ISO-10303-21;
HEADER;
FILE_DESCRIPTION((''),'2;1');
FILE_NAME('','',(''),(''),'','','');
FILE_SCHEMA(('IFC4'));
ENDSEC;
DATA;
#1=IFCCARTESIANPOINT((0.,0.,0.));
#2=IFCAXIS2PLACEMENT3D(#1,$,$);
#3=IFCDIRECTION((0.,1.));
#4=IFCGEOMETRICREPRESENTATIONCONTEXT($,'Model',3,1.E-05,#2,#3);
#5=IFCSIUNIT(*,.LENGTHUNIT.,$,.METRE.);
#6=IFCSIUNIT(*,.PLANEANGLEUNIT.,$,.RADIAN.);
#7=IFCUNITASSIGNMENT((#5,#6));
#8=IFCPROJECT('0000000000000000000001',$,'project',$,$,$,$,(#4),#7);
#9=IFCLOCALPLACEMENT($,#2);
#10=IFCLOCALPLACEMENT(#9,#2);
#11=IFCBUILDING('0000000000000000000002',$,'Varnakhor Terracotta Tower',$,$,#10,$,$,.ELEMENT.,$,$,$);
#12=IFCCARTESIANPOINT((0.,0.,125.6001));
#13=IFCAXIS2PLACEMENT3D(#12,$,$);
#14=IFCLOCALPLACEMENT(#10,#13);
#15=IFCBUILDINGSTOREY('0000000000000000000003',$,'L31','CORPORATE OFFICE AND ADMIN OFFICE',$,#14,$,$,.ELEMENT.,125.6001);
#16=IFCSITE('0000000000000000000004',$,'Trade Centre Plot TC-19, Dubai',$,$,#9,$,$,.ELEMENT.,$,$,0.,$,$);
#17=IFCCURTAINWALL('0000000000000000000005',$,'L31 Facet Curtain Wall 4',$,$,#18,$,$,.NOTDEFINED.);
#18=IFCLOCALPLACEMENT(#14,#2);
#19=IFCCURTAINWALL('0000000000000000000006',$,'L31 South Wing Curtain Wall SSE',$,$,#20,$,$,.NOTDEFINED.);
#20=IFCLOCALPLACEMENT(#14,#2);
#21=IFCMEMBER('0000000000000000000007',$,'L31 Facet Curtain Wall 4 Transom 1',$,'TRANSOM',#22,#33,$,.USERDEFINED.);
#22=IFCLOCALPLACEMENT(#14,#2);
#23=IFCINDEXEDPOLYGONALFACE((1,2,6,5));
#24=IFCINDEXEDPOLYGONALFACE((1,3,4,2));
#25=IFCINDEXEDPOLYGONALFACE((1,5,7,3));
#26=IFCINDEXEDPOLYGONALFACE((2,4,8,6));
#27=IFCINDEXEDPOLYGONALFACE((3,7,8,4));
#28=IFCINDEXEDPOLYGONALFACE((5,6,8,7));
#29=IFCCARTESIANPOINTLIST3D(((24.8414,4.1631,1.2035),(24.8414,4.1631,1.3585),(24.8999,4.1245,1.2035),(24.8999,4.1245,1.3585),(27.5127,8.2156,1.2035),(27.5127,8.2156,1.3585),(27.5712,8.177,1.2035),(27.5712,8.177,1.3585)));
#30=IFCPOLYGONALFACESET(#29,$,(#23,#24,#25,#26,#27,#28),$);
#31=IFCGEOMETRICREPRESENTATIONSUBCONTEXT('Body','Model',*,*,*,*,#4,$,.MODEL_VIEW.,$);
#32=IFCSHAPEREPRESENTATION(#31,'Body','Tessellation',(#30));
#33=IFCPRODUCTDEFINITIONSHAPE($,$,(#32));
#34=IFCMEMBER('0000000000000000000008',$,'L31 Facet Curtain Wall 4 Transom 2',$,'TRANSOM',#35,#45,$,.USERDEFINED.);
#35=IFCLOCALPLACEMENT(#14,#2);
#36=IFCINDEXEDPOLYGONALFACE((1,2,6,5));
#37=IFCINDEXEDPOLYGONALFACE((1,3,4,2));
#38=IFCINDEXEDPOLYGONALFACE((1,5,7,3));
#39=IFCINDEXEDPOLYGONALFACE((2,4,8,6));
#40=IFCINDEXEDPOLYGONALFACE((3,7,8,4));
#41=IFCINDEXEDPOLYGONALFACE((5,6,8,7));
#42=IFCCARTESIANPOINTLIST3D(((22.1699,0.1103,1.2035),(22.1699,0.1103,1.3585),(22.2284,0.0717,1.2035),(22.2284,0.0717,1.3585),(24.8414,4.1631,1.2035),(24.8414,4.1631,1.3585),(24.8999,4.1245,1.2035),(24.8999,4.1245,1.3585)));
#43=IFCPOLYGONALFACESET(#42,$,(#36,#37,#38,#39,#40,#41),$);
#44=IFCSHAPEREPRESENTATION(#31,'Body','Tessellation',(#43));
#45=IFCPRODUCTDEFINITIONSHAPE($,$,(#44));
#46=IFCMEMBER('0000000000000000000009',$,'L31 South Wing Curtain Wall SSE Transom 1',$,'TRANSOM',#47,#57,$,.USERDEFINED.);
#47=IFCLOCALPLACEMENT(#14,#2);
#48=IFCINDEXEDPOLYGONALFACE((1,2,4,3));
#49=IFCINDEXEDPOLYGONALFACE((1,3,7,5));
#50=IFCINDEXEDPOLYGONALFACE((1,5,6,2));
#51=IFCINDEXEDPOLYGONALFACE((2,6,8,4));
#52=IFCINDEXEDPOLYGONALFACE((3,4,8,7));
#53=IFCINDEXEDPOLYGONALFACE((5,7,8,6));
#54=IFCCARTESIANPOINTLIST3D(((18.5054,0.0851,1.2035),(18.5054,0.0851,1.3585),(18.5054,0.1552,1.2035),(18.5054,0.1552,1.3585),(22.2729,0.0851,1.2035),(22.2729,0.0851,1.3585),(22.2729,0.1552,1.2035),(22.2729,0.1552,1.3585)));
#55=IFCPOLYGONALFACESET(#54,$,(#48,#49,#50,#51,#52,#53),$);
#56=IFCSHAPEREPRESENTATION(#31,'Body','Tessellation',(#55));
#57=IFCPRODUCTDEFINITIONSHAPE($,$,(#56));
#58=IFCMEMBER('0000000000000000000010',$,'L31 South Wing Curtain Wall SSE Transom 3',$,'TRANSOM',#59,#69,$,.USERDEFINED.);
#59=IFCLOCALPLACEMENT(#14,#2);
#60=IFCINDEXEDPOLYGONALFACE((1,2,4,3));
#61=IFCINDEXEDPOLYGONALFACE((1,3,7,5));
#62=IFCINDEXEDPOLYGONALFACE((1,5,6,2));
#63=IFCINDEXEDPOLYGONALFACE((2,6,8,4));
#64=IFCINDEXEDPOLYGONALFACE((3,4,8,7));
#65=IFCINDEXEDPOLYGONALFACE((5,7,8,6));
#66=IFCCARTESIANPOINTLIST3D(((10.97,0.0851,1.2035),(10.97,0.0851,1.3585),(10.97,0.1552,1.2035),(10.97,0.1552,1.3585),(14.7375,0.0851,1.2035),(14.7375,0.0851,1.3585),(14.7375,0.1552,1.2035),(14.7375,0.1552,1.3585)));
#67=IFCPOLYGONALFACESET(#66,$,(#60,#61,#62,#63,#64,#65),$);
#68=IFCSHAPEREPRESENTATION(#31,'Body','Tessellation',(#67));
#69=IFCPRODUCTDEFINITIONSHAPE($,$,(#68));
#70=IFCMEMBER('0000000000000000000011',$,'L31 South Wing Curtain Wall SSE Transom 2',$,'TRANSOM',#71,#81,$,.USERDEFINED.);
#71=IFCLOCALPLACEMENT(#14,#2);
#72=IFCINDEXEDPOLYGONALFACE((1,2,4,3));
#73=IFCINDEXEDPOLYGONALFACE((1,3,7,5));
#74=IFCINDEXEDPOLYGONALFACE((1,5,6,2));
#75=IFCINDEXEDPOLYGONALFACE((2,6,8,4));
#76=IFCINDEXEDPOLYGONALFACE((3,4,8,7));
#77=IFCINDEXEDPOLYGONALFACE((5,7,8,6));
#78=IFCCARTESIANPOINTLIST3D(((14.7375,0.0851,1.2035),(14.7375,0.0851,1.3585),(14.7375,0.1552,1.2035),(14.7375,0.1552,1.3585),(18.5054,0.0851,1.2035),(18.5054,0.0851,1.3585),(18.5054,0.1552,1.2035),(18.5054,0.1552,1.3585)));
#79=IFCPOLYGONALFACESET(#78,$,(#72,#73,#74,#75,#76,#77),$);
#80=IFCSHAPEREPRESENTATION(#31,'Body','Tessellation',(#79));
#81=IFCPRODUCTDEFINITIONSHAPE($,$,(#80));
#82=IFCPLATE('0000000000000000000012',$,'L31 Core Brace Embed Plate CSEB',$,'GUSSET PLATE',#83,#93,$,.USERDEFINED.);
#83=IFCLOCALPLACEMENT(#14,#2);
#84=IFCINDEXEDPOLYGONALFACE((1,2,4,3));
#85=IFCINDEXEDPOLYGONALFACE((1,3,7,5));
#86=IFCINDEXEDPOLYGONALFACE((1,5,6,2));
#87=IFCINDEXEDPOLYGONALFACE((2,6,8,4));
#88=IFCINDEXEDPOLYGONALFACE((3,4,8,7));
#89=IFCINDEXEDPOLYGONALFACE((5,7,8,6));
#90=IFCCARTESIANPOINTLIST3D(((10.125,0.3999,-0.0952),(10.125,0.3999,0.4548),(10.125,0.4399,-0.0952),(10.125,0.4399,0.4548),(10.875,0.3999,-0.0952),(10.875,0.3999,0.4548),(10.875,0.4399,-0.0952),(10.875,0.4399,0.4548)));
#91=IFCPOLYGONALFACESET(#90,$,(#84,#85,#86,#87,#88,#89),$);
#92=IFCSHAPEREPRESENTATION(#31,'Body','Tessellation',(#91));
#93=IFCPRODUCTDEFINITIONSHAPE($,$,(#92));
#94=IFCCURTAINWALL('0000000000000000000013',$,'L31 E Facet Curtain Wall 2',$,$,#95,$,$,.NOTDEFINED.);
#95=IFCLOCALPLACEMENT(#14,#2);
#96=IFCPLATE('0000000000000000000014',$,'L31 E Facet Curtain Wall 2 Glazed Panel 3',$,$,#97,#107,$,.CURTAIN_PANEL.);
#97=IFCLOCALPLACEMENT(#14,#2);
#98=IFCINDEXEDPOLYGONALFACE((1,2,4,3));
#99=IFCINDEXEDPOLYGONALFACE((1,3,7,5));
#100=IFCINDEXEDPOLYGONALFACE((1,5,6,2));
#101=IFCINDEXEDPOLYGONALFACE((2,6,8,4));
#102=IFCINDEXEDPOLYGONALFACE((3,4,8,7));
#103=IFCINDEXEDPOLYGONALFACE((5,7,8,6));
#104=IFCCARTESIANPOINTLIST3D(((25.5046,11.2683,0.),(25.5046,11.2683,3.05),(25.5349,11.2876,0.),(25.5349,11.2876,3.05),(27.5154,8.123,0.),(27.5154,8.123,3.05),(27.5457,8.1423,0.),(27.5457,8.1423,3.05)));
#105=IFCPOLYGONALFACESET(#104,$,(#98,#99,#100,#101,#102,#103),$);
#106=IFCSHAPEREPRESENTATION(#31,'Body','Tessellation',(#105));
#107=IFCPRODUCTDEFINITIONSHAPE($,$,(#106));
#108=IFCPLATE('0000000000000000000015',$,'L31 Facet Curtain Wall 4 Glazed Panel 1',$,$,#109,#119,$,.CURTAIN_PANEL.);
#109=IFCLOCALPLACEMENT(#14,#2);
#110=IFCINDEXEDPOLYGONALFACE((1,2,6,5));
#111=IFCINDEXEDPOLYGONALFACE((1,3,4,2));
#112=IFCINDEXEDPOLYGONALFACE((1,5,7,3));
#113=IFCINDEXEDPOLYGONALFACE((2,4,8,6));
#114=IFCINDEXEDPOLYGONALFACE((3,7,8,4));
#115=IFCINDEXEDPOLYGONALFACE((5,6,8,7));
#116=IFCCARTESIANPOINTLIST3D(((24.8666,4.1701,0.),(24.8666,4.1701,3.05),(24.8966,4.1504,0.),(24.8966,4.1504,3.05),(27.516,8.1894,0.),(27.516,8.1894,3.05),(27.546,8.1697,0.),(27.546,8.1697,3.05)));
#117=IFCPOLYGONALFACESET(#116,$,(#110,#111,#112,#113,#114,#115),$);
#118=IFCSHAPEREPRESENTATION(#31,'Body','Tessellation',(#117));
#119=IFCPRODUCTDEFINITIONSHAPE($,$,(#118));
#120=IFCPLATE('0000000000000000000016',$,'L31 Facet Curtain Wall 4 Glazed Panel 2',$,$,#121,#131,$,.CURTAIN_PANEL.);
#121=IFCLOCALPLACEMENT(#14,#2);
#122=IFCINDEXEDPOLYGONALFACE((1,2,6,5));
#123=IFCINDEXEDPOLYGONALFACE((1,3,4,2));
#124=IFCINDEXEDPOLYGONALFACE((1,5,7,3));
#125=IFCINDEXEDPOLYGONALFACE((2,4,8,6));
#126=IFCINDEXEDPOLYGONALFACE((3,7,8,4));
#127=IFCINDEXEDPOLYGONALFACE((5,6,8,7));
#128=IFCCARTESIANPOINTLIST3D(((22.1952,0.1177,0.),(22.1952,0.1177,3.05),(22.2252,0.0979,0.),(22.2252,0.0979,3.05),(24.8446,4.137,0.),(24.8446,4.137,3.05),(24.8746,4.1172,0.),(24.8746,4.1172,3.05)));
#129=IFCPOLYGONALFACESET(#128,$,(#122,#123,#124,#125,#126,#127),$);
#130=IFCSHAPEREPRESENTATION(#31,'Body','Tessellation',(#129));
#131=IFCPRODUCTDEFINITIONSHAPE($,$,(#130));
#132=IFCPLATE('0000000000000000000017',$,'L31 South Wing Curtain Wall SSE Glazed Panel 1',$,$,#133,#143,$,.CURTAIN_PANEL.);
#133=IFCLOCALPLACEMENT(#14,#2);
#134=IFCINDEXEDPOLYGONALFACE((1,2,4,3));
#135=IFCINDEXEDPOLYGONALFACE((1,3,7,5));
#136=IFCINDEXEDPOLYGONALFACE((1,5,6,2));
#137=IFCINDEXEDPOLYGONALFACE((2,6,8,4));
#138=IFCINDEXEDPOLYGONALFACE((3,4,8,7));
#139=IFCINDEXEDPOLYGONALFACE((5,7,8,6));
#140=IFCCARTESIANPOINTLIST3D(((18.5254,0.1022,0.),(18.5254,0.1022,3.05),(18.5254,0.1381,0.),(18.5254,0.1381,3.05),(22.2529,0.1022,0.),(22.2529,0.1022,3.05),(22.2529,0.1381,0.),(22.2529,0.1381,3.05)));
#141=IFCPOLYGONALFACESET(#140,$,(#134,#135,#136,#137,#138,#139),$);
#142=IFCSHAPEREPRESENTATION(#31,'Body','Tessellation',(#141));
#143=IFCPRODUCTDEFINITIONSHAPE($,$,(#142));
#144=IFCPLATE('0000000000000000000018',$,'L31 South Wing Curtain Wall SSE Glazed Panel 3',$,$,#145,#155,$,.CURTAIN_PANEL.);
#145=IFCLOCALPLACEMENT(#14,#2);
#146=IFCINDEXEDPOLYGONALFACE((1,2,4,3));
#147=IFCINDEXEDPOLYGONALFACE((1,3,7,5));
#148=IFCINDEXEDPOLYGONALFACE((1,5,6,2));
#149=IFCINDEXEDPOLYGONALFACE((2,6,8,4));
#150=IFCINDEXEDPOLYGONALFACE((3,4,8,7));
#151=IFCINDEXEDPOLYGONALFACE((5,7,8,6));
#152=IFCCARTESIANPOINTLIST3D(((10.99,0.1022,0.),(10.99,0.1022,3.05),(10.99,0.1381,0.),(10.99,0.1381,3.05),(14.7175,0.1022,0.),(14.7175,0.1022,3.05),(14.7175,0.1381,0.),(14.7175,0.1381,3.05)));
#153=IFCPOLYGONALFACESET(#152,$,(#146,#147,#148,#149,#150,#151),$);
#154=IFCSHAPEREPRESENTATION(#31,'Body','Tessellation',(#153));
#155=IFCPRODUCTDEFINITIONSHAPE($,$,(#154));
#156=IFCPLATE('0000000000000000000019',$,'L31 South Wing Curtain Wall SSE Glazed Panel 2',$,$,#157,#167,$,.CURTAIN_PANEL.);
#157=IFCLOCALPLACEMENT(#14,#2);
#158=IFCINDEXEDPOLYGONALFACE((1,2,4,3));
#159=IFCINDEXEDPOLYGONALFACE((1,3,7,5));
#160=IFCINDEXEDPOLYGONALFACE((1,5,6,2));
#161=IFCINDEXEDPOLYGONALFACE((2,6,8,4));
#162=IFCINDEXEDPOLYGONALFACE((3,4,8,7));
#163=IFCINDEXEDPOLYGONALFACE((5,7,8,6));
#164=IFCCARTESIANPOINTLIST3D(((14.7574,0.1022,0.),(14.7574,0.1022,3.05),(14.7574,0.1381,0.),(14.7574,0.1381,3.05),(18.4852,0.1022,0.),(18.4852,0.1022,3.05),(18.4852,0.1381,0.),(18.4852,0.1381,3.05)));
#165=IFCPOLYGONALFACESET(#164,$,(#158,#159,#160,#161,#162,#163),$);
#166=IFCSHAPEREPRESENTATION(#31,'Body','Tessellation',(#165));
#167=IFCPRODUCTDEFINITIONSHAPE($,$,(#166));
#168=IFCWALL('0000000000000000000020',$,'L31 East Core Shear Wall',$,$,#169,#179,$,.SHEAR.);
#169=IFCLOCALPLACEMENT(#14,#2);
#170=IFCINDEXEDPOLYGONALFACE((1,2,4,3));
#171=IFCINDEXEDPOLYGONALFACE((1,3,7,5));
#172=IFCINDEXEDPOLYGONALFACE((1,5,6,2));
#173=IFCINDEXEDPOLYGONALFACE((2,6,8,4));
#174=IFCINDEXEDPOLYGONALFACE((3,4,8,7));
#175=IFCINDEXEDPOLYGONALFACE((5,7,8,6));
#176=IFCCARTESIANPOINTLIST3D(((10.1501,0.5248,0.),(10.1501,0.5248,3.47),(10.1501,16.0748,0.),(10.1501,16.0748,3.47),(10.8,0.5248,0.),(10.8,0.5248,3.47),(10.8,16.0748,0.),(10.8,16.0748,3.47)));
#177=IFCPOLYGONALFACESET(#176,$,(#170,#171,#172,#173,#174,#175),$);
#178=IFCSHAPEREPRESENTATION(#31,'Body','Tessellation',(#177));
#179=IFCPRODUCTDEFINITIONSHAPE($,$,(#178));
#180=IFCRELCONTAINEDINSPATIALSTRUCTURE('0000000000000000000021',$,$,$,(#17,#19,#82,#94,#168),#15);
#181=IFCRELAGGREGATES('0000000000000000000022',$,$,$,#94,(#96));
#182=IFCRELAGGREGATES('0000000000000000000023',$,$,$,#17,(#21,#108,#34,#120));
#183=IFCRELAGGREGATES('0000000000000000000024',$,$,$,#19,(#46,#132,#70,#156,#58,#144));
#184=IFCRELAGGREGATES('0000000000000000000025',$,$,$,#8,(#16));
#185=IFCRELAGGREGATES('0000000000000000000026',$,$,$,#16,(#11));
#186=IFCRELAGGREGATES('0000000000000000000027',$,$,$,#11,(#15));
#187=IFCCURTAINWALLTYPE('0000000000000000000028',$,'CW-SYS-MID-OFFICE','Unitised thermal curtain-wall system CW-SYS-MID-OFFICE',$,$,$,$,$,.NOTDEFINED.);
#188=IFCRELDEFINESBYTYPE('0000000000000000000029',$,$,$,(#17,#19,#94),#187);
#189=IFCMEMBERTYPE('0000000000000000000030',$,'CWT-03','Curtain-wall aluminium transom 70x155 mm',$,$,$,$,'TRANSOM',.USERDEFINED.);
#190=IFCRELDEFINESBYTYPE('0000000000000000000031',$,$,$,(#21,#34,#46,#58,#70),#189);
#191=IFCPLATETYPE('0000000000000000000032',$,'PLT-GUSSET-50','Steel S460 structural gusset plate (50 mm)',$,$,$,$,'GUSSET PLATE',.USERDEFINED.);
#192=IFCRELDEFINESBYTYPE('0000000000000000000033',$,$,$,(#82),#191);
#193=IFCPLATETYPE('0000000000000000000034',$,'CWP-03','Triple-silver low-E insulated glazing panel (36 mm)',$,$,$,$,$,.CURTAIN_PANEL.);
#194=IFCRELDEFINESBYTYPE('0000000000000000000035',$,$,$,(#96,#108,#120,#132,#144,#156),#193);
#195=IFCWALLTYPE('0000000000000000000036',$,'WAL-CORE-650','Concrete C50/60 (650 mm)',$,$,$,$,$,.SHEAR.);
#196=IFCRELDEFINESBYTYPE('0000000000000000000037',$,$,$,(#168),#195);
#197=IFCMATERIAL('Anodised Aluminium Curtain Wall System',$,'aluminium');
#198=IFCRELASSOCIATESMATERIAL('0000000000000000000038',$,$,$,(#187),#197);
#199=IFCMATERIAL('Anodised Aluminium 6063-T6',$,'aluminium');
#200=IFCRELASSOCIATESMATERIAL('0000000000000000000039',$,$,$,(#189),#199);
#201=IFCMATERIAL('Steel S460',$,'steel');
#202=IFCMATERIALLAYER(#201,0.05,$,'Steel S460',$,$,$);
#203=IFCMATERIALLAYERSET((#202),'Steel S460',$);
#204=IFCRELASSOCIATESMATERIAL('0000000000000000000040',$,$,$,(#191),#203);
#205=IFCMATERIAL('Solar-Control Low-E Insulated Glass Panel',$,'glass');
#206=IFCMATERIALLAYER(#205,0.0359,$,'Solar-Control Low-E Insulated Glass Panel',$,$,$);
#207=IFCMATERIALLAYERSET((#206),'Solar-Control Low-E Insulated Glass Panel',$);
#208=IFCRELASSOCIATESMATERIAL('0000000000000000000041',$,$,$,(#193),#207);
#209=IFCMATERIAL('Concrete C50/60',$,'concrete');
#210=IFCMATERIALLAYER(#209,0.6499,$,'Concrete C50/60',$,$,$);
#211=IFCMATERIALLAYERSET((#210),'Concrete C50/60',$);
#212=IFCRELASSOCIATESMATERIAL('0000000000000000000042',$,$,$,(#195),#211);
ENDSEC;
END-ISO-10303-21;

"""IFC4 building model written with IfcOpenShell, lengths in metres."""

from ifc_helpers import new_model, si_unit, direction, frame, frame_2d, origin, origin_2d, place, context, subcontext, project, spatial, rectangle, extrude, source, transform, mapped, material, layer, layer_set, material_profile, profile_set, type_object, type_shapes, element, aggregate, save


model = new_model("IFC4")

# Units and contexts
model_context = context("Model", 3, precision=1e-05, world=origin(), true_north=direction((0.0, 1.0)))
body_context = subcontext(model_context, "Body", "Model", "MODEL_VIEW")
ifc_project = project(units=[si_unit("LENGTHUNIT", "METRE"), si_unit("PLANEANGLEUNIT", "RADIAN")], contexts=[model_context])

# Site, building, storey
site_placement = place(None, origin())
site = spatial("IfcSite", under=ifc_project, at=site_placement, Name="Trade Centre Plot TC-19, Dubai", CompositionType="ELEMENT", RefElevation=0.0)
building_placement = place(site_placement, origin())
building = spatial("IfcBuilding", under=site, at=building_placement, Name="Varnakhor Terracotta Tower", CompositionType="ELEMENT")
storey_placement = place(building_placement, frame((0.0, 0.0, 125.6001)))
storey = spatial("IfcBuildingStorey", under=building, at=storey_placement, Name="L31", Description="CORPORATE OFFICE AND ADMIN OFFICE", CompositionType="ELEMENT", Elevation=125.6001)

# Shared definitions
ifc_material_1 = material(Name="Concrete C50/60", Category="concrete")
ifc_material_2 = material(Name="Steel S460", Category="steel")

# Curtain walls
ifc_material_3 = material(Name="Anodised Aluminium Curtain Wall System", Category="aluminium")
curtain_wall_type = type_object("IfcCurtainWallType", Name="CW-SYS-MID-OFFICE", Description="Unitised thermal curtain-wall system CW-SYS-MID-OFFICE", PredefinedType="NOTDEFINED", material=ifc_material_3)
curtain_wall_1_placement = place(storey_placement, origin())
curtain_wall_1 = element("IfcCurtainWall", 1, at=curtain_wall_1_placement, inside=storey, type_object=curtain_wall_type, Name="L31 Facet Curtain Wall 4", PredefinedType="NOTDEFINED")
ifc_material_4 = material(Name="Anodised Aluminium 6063-T6", Category="aluminium")
curtain_wall_2_placement = place(storey_placement, origin())
curtain_wall_2 = element("IfcCurtainWall", 2, at=curtain_wall_2_placement, inside=storey, type_object=curtain_wall_type, Name="L31 South Wing Curtain Wall SSE", PredefinedType="NOTDEFINED")

# Members
ifc_material_profile_1 = material_profile(ifc_material_4, rectangle(XDim=0.0701, YDim=0.155, at=origin_2d()), Name="ALU TRANSOM 70x155")
ifc_profile_set_1 = profile_set([ifc_material_profile_1], Name="Anodised Aluminium 6063-T6")
member_type_1 = type_object("IfcMemberType", Name="CWT-03", Description="Curtain-wall aluminium transom 70x155 mm", ElementType="TRANSOM", PredefinedType="USERDEFINED", material=ifc_profile_set_1)
shared_shape_1 = source(origin(), body_context, "Body", "SweptSolid", [
    extrude(rectangle(XDim=0.0701, YDim=0.155, at=origin_2d()), origin(), (0.0, 0.0, 1.0), 4.8538),
])
member_1_placement = place(storey_placement, frame((27.542, 8.1963, 1.281), z_axis=(-0.550375, -0.834918, 0.0), x_axis=(0.834918, -0.550375, 0.0)))
member_1 = element("IfcMember", 3, at=member_1_placement, type_object=member_type_1, Name="L31 Facet Curtain Wall 4 Transom 1", ObjectType="TRANSOM", PredefinedType="USERDEFINED", context=body_context, shape_type="MappedRepresentation", body=[
    mapped(shared_shape_1, transform((0.0, 0.0, 0.0), scale=1.0)),
])
shared_shape_2 = source(origin(), body_context, "Body", "SweptSolid", [
    extrude(rectangle(XDim=0.0701, YDim=0.155, at=origin_2d()), origin(), (0.0, 0.0, 1.0), 4.854),
])
member_2_placement = place(storey_placement, frame((24.8706, 4.1438, 1.281), z_axis=(-0.550352, -0.834933, 0.0), x_axis=(0.834933, -0.550352, 0.0)))
member_2 = element("IfcMember", 4, at=member_2_placement, type_object=member_type_1, Name="L31 Facet Curtain Wall 4 Transom 2", ObjectType="TRANSOM", PredefinedType="USERDEFINED", context=body_context, shape_type="MappedRepresentation", body=[
    mapped(shared_shape_2, transform((0.0, 0.0, 0.0), scale=1.0)),
])
shared_shape_3 = source(origin(), body_context, "Body", "SweptSolid", [
    extrude(rectangle(XDim=0.0701, YDim=0.155, at=origin_2d()), origin(), (0.0, 0.0, 1.0), 3.7676),
])
member_3_placement = place(storey_placement, frame((22.2729, 0.1201, 1.281), z_axis=(-1.0, 0.0, 0.0), x_axis=(0.0, -1.0, 0.0)))
member_3 = element("IfcMember", 5, at=member_3_placement, type_object=member_type_1, Name="L31 South Wing Curtain Wall SSE Transom 1", ObjectType="TRANSOM", PredefinedType="USERDEFINED", context=body_context, shape_type="MappedRepresentation", body=[
    mapped(shared_shape_3, transform((0.0, 0.0, 0.0), scale=1.0)),
])
member_4_placement = place(storey_placement, frame((14.7375, 0.1201, 1.281), z_axis=(-1.0, 0.0, 0.0), x_axis=(0.0, -1.0, 0.0)))
member_4 = element("IfcMember", 6, at=member_4_placement, type_object=member_type_1, Name="L31 South Wing Curtain Wall SSE Transom 3", ObjectType="TRANSOM", PredefinedType="USERDEFINED", context=body_context, shape_type="MappedRepresentation", body=[
    mapped(shared_shape_3, transform((0.0, 0.0, 0.0), scale=1.0)),
])
shared_shape_4 = source(origin(), body_context, "Body", "SweptSolid", [
    extrude(rectangle(XDim=0.0701, YDim=0.155, at=origin_2d()), origin(), (0.0, 0.0, 1.0), 3.7678),
])
member_5_placement = place(storey_placement, frame((18.5054, 0.1201, 1.281), z_axis=(-1.0, 0.0, 0.0), x_axis=(0.0, -1.0, 0.0)))
member_5 = element("IfcMember", 7, at=member_5_placement, type_object=member_type_1, Name="L31 South Wing Curtain Wall SSE Transom 2", ObjectType="TRANSOM", PredefinedType="USERDEFINED", context=body_context, shape_type="MappedRepresentation", body=[
    mapped(shared_shape_4, transform((0.0, 0.0, 0.0), scale=1.0)),
])

# Plate
ifc_layer_1 = layer(ifc_material_2, 0.05, Name="Steel S460")
ifc_layer_set_1 = layer_set([ifc_layer_1], Name="Steel S460")
plate_type_1 = type_object("IfcPlateType", Name="PLT-GUSSET-50", Description="Steel S460 structural gusset plate (50 mm)", ElementType="GUSSET PLATE", PredefinedType="USERDEFINED", material=ifc_layer_set_1)
shared_shape_5 = source(origin(), body_context, "Body", "SweptSolid", [
    extrude(rectangle(XDim=0.75, YDim=0.04, at=origin_2d()), origin(), (0.0, 0.0, 1.0), 0.55),
])
type_shapes(plate_type_1, [shared_shape_5])
plate_1_placement = place(storey_placement, frame((10.5, 0.4199, -0.0952), z_axis=(0.0, 0.0, 1.0), x_axis=(1.0, 0.0, 0.0)))
element("IfcPlate", 8, at=plate_1_placement, inside=storey, type_object=plate_type_1, Name="L31 Core Brace Embed Plate CSEB", ObjectType="GUSSET PLATE", PredefinedType="USERDEFINED", context=body_context, shape_type="MappedRepresentation", body=[
    mapped(shared_shape_5, transform((0.0, 0.0, 0.0), scale=1.0)),
])

# Curtain wall, plate
curtain_wall_3_placement = place(storey_placement, origin())
curtain_wall_3 = element("IfcCurtainWall", 9, at=curtain_wall_3_placement, inside=storey, type_object=curtain_wall_type, Name="L31 E Facet Curtain Wall 2", PredefinedType="NOTDEFINED")
ifc_material_5 = material(Name="Solar-Control Low-E Insulated Glass Panel", Category="glass")
ifc_layer_2 = layer(ifc_material_5, 0.0359, Name="Solar-Control Low-E Insulated Glass Panel")
ifc_layer_set_2 = layer_set([ifc_layer_2], Name="Solar-Control Low-E Insulated Glass Panel")
plate_type_2 = type_object("IfcPlateType", Name="CWP-03", Description="Triple-silver low-E insulated glazing panel (36 mm)", PredefinedType="CURTAIN_PANEL", material=ifc_layer_set_2)
shared_shape_6 = source(origin(), body_context, "Body", "SweptSolid", [
    extrude(rectangle(XDim=3.7332, YDim=0.0359, at=origin_2d()), origin(), (0.0, 0.0, 1.0), 3.05),
])
plate_2_placement = place(storey_placement, frame((26.5251, 9.7053, 0.0), z_axis=(0.0, 0.0, 1.0), x_axis=(0.538638, -0.842537, 0.0)))
plate_2 = element("IfcPlate", 10, at=plate_2_placement, type_object=plate_type_2, Name="L31 E Facet Curtain Wall 2 Glazed Panel 3", PredefinedType="CURTAIN_PANEL", context=body_context, shape_type="MappedRepresentation", body=[
    mapped(shared_shape_6, transform((0.0, 0.0, 0.0), scale=1.0)),
])
aggregate(curtain_wall_3, [plate_2])

# Plates
shared_shape_7 = source(origin(), body_context, "Body", "SweptSolid", [
    extrude(rectangle(XDim=4.814, YDim=0.0359, at=origin_2d()), origin(), (0.0, 0.0, 1.0), 3.05),
])
plate_3_placement = place(storey_placement, frame((26.2063, 6.1699, 0.0), z_axis=(0.0, 0.0, 1.0), x_axis=(-0.550364, -0.834925, 0.0)))
plate_3 = element("IfcPlate", 11, at=plate_3_placement, type_object=plate_type_2, Name="L31 Facet Curtain Wall 4 Glazed Panel 1", PredefinedType="CURTAIN_PANEL", context=body_context, shape_type="MappedRepresentation", body=[
    mapped(shared_shape_7, transform((0.0, 0.0, 0.0), scale=1.0)),
])
plate_4_placement = place(storey_placement, frame((23.5349, 2.1174, 0.0), z_axis=(0.0, 0.0, 1.0), x_axis=(-0.550364, -0.834925, 0.0)))
plate_4 = element("IfcPlate", 12, at=plate_4_placement, type_object=plate_type_2, Name="L31 Facet Curtain Wall 4 Glazed Panel 2", PredefinedType="CURTAIN_PANEL", context=body_context, shape_type="MappedRepresentation", body=[
    mapped(shared_shape_7, transform((0.0, 0.0, 0.0), scale=1.0)),
])
aggregate(curtain_wall_1, [member_1, plate_3, member_2, plate_4])
shared_shape_8 = source(origin(), body_context, "Body", "SweptSolid", [
    extrude(rectangle(XDim=3.7275, YDim=0.0359, at=origin_2d()), origin(), (0.0, 0.0, 1.0), 3.05),
])
plate_5_placement = place(storey_placement, frame((20.3892, 0.1201, 0.0), z_axis=(0.0, 0.0, 1.0), x_axis=(-1.0, 0.0, 0.0)))
plate_5 = element("IfcPlate", 13, at=plate_5_placement, type_object=plate_type_2, Name="L31 South Wing Curtain Wall SSE Glazed Panel 1", PredefinedType="CURTAIN_PANEL", context=body_context, shape_type="MappedRepresentation", body=[
    mapped(shared_shape_8, transform((0.0, 0.0, 0.0), scale=1.0)),
])
plate_6_placement = place(storey_placement, frame((12.8538, 0.1201, 0.0), z_axis=(0.0, 0.0, 1.0), x_axis=(-1.0, 0.0, 0.0)))
plate_6 = element("IfcPlate", 14, at=plate_6_placement, type_object=plate_type_2, Name="L31 South Wing Curtain Wall SSE Glazed Panel 3", PredefinedType="CURTAIN_PANEL", context=body_context, shape_type="MappedRepresentation", body=[
    mapped(shared_shape_8, transform((0.0, 0.0, 0.0), scale=1.0)),
])
shared_shape_9 = source(origin(), body_context, "Body", "SweptSolid", [
    extrude(rectangle(XDim=3.7278, YDim=0.0359, at=origin_2d()), origin(), (0.0, 0.0, 1.0), 3.05),
])
plate_7_placement = place(storey_placement, frame((16.6213, 0.1201, 0.0), z_axis=(0.0, 0.0, 1.0), x_axis=(-1.0, 0.0, 0.0)))
plate_7 = element("IfcPlate", 15, at=plate_7_placement, type_object=plate_type_2, Name="L31 South Wing Curtain Wall SSE Glazed Panel 2", PredefinedType="CURTAIN_PANEL", context=body_context, shape_type="MappedRepresentation", body=[
    mapped(shared_shape_9, transform((0.0, 0.0, 0.0), scale=1.0)),
])
aggregate(curtain_wall_2, [member_3, plate_5, member_5, plate_7, member_4, plate_6])

# Wall
ifc_layer_3 = layer(ifc_material_1, 0.6499, Name="Concrete C50/60")
ifc_layer_set_3 = layer_set([ifc_layer_3], Name="Concrete C50/60")
wall_type_1 = type_object("IfcWallType", Name="WAL-CORE-650", Description="Concrete C50/60 (650 mm)", PredefinedType="SHEAR", material=ifc_layer_set_3)
wall_1_placement = place(storey_placement, frame((10.4751, 0.5249, 0.0), z_axis=(0.0, 0.0, 1.0), x_axis=(0.0, 1.0, 0.0)))
element("IfcWall", 16, at=wall_1_placement, inside=storey, type_object=wall_type_1, Name="L31 East Core Shear Wall", PredefinedType="SHEAR", context=body_context, shape_type="SweptSolid", body=[
    extrude(rectangle(XDim=15.55, YDim=0.6499, at=frame_2d((7.7749, 0.0))), origin(), (0.0, 0.0, 1.0), 3.47),
])

save(model, "model.ifc")
